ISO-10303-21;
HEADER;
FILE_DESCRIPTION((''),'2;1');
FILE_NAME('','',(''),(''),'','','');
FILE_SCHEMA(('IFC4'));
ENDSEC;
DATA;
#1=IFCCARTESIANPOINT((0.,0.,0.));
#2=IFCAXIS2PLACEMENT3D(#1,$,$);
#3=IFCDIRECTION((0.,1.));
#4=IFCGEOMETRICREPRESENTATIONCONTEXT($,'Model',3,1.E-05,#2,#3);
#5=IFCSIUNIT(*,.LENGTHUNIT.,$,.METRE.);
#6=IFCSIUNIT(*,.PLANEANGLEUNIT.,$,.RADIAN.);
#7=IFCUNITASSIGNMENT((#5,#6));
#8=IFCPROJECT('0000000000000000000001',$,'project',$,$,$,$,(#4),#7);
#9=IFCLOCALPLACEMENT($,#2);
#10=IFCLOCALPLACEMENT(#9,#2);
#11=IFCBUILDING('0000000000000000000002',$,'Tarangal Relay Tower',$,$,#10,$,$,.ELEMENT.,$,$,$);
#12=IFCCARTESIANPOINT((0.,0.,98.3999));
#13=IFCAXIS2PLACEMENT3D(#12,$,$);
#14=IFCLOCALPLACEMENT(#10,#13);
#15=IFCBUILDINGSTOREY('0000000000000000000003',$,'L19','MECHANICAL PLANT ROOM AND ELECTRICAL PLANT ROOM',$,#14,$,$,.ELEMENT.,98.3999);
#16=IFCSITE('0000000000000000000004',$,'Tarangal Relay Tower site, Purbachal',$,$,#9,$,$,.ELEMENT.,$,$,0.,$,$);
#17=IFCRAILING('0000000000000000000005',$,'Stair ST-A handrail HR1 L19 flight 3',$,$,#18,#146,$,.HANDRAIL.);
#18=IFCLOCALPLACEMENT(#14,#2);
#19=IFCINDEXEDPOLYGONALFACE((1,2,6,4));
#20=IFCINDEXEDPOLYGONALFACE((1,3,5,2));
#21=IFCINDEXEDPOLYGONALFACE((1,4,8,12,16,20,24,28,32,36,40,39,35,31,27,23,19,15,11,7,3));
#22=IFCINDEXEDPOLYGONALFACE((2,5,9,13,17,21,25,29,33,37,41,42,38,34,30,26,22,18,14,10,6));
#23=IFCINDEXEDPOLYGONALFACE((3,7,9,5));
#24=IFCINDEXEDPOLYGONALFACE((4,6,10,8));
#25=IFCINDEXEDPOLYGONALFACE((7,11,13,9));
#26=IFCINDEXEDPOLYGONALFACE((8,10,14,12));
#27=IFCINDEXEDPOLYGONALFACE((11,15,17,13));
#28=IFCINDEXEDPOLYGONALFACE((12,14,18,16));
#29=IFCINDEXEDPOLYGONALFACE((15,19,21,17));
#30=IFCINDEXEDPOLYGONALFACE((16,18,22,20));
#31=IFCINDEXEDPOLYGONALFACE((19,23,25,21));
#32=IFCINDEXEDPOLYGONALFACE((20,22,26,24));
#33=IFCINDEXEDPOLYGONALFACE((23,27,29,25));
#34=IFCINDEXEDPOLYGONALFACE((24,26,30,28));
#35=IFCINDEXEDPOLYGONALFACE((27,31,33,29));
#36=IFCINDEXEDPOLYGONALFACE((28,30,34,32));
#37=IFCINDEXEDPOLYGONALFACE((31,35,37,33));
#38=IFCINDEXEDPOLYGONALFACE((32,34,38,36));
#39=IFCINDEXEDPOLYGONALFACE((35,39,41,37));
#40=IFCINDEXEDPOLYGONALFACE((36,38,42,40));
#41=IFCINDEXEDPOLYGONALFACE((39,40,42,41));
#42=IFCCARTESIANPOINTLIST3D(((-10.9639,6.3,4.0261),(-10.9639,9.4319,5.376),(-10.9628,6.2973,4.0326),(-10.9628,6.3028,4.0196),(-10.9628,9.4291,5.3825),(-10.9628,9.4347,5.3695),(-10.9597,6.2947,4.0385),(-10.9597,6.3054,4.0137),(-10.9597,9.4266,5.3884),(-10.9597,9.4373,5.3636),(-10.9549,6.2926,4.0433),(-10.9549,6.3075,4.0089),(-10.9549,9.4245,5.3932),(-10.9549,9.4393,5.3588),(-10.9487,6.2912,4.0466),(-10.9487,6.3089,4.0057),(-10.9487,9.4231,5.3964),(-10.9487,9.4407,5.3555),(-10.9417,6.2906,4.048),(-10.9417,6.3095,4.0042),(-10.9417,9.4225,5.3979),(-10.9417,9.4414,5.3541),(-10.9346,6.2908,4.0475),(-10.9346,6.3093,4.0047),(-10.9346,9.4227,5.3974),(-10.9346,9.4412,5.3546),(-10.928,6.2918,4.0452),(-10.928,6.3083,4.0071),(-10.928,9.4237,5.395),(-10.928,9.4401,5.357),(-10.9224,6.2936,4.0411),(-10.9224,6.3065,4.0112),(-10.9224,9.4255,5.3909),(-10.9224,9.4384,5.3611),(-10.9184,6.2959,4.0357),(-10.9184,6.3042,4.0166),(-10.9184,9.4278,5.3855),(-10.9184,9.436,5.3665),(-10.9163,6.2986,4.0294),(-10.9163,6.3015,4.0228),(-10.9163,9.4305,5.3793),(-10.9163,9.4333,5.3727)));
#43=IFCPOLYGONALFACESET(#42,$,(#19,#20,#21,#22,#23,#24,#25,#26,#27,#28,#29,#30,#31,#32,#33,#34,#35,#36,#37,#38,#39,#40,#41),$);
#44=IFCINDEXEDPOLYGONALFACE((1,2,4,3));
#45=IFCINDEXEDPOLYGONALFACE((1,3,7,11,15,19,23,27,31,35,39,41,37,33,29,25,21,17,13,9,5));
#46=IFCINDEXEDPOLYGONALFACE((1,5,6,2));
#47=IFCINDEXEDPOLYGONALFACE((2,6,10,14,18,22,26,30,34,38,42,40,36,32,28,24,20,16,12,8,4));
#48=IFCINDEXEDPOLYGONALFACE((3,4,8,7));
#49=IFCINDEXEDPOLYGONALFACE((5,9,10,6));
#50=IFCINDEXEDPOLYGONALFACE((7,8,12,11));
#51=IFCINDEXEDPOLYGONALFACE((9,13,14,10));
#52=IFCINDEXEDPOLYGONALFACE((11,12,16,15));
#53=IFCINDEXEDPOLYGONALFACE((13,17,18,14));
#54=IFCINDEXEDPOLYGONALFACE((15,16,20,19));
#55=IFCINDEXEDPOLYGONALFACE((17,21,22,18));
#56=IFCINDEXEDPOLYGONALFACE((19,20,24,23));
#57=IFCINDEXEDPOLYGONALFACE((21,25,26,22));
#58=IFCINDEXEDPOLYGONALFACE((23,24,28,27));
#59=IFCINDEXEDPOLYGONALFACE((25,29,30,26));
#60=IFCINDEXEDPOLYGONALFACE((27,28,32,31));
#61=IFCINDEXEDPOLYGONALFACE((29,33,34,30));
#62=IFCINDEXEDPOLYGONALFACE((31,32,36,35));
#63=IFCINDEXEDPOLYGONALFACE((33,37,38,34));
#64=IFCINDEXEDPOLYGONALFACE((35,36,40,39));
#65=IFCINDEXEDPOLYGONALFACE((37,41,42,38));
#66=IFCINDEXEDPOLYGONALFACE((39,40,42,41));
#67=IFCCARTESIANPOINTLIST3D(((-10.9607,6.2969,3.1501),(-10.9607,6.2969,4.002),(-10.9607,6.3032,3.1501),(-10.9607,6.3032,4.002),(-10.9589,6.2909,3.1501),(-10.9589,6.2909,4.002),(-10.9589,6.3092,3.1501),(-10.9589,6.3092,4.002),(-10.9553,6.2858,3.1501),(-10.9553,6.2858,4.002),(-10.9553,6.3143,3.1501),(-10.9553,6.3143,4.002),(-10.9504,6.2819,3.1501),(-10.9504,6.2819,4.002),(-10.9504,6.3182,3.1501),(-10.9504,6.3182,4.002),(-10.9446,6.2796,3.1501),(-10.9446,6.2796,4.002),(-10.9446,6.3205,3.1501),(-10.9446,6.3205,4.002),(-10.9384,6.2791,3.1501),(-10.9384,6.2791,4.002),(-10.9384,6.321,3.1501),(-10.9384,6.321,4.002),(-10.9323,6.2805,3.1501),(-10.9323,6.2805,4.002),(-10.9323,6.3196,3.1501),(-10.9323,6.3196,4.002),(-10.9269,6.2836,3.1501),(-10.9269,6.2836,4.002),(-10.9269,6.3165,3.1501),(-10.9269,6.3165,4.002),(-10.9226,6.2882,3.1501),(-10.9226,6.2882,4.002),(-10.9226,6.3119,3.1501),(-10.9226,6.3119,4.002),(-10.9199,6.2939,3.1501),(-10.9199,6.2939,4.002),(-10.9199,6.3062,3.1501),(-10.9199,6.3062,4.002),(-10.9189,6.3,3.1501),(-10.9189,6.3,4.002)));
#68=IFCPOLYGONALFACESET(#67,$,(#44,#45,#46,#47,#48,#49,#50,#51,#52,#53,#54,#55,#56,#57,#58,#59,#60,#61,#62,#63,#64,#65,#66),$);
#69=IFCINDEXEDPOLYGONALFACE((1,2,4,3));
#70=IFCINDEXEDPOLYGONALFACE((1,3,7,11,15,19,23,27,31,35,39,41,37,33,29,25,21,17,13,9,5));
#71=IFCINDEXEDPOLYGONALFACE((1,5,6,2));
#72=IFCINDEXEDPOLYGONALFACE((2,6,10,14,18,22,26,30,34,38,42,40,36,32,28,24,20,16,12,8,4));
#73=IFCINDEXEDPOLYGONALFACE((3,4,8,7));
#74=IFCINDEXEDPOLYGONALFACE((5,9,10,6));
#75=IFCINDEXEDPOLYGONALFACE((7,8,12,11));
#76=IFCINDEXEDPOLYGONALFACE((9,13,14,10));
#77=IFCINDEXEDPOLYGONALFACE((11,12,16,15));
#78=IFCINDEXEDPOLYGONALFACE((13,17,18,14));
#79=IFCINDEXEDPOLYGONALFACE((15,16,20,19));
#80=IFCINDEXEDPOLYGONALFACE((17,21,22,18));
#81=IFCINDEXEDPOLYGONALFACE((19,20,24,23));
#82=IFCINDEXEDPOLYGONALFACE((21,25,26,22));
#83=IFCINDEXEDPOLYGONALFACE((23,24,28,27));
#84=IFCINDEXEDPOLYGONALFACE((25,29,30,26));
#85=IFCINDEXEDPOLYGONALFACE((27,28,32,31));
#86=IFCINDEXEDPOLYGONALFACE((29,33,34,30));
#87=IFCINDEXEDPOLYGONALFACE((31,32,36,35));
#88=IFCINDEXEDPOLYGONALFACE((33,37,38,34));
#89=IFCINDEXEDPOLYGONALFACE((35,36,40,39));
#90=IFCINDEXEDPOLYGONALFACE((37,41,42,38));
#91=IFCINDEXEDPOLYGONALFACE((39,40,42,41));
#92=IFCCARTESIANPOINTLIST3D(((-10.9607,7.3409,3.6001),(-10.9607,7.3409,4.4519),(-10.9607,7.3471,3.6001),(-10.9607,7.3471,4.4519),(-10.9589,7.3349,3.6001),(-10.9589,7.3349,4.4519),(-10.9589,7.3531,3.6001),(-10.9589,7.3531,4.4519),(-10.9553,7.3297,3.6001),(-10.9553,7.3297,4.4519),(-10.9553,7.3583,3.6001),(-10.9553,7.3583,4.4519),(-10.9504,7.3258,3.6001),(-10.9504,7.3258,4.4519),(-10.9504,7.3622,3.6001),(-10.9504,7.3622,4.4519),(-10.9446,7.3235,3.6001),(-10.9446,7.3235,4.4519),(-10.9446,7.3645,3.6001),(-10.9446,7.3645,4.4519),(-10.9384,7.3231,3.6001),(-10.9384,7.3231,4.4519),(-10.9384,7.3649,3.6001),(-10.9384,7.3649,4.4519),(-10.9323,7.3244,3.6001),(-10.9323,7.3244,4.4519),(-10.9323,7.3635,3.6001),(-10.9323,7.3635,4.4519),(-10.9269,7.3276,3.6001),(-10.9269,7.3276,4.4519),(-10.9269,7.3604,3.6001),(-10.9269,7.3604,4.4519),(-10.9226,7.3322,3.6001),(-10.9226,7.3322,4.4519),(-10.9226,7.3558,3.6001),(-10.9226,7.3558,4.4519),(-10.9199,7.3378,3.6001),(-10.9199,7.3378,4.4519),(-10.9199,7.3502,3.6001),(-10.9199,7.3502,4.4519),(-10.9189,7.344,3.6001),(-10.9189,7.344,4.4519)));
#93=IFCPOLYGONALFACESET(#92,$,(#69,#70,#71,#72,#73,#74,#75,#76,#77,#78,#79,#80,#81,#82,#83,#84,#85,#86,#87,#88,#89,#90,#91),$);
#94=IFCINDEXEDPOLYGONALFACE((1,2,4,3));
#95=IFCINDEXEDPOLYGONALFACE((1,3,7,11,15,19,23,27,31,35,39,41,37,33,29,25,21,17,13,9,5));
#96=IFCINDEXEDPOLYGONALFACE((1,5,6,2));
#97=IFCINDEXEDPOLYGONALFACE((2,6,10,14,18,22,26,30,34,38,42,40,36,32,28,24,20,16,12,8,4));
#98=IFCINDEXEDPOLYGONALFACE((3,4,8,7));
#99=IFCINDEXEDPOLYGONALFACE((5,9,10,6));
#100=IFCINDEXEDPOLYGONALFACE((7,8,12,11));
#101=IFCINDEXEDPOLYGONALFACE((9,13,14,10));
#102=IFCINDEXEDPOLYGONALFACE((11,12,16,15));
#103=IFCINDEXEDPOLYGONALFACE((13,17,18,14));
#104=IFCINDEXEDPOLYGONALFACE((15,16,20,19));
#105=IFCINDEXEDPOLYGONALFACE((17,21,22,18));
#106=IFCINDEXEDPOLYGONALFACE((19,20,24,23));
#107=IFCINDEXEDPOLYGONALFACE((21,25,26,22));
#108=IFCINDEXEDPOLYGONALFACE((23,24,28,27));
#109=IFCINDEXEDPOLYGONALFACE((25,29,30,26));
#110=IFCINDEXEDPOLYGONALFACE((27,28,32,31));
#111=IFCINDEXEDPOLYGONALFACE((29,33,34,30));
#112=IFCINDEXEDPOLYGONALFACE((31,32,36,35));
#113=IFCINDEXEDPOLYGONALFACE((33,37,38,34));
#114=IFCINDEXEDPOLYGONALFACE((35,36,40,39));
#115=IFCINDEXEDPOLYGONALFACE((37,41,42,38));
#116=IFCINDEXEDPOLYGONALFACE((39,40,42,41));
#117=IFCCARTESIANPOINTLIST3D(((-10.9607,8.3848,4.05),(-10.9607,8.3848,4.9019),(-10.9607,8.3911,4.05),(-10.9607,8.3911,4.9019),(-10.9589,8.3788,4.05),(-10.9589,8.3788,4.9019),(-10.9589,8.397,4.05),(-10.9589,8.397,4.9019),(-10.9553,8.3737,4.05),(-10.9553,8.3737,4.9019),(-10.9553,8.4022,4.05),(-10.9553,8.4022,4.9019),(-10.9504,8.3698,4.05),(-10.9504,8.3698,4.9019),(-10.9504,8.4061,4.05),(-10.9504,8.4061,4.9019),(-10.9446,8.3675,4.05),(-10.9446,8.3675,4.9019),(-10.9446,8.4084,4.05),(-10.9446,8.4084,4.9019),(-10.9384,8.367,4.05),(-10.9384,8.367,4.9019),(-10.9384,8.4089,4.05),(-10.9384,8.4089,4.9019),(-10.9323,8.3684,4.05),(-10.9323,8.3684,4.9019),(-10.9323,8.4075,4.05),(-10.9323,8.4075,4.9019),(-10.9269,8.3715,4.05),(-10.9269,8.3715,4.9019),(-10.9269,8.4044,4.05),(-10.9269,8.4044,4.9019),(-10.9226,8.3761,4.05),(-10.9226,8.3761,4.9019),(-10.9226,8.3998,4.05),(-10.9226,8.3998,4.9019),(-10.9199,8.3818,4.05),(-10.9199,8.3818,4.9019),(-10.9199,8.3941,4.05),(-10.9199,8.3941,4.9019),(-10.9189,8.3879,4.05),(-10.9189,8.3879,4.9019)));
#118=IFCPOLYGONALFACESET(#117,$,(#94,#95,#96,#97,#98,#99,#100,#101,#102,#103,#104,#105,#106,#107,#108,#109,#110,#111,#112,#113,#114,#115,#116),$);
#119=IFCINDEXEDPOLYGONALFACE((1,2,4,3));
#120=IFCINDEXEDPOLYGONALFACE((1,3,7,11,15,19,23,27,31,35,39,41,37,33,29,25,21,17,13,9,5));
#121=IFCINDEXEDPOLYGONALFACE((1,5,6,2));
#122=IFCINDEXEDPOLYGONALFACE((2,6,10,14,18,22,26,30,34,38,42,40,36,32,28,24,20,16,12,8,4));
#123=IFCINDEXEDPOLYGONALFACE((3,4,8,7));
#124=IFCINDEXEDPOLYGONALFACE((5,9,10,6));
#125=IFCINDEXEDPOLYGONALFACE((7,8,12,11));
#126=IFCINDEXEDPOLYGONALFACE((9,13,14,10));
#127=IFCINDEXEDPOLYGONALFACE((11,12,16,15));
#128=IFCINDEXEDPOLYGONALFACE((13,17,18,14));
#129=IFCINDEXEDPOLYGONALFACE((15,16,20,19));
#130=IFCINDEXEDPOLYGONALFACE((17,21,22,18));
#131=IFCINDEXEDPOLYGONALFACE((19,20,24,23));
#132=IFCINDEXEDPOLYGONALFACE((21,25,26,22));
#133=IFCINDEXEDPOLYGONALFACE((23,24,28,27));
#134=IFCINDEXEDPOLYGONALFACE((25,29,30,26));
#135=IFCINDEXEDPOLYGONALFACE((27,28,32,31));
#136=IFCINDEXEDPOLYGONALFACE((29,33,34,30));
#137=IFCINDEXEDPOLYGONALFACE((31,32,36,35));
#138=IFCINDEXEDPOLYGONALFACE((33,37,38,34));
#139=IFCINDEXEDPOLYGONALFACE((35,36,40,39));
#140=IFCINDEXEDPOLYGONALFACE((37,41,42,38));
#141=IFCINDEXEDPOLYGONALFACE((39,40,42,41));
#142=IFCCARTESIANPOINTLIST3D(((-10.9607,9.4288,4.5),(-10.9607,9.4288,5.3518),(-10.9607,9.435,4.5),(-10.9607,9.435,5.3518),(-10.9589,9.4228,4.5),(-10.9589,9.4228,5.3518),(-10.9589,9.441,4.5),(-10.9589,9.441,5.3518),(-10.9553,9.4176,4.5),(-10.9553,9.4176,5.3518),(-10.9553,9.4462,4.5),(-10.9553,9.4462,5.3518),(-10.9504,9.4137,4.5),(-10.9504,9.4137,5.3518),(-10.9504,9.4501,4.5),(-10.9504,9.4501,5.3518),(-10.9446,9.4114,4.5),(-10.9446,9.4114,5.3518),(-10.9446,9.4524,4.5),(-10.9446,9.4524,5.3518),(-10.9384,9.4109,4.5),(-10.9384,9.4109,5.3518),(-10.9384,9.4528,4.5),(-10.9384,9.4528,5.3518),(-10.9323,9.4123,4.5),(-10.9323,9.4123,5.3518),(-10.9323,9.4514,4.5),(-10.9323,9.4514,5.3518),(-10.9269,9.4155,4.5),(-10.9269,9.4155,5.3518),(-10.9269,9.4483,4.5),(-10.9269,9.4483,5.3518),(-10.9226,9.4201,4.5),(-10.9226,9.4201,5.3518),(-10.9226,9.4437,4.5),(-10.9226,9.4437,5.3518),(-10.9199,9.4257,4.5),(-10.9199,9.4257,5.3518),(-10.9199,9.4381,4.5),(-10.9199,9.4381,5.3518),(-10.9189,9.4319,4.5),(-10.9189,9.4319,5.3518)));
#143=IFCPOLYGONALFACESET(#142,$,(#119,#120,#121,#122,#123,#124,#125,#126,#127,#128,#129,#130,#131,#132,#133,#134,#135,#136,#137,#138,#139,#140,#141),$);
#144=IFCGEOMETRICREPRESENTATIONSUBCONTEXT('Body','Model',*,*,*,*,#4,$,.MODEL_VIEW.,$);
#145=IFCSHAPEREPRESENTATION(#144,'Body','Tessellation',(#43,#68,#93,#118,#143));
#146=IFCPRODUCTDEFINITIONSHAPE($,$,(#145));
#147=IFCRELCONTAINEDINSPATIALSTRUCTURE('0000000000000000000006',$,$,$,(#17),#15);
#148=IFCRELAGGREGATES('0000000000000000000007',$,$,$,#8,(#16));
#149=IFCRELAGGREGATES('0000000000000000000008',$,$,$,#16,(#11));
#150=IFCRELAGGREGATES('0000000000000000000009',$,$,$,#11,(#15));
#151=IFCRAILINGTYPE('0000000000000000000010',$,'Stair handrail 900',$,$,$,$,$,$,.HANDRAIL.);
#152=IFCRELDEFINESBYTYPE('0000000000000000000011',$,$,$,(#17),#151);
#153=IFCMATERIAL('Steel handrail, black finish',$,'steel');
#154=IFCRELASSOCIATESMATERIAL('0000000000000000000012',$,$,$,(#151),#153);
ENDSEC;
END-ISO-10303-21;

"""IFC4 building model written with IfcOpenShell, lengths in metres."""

from ifc_helpers import new_model, si_unit, direction, frame, origin, origin_2d, place, context, subcontext, project, spatial, circle, extrude, material, type_object, element, save


model = new_model("IFC4")

# Units and contexts
model_context = context("Model", 3, precision=1e-05, world=origin(), true_north=direction((0.0, 1.0)))
body_context = subcontext(model_context, "Body", "Model", "MODEL_VIEW")
ifc_project = project(units=[si_unit("LENGTHUNIT", "METRE"), si_unit("PLANEANGLEUNIT", "RADIAN")], contexts=[model_context])

# Site, building, storey
site_placement = place(None, origin())
site = spatial("IfcSite", under=ifc_project, at=site_placement, Name="Tarangal Relay Tower site, Purbachal", CompositionType="ELEMENT", RefElevation=0.0)
building_placement = place(site_placement, origin())
building = spatial("IfcBuilding", under=site, at=building_placement, Name="Tarangal Relay Tower", CompositionType="ELEMENT")
storey_placement = place(building_placement, frame((0.0, 0.0, 98.3999)))
storey = spatial("IfcBuildingStorey", under=building, at=storey_placement, Name="L19", Description="MECHANICAL PLANT ROOM AND ELECTRICAL PLANT ROOM", CompositionType="ELEMENT", Elevation=98.3999)

# Railing
ifc_material_1 = material(Name="Steel handrail, black finish", Category="steel")
railing_type = type_object("IfcRailingType", Name="Stair handrail 900", PredefinedType="HANDRAIL", material=ifc_material_1)
for number, where, name in (
    (1, (-10.9399, 6.3, 3.1501), "Stair ST-A handrail HR1 L19 flight 3"),
):
    element("IfcRailing", number, at=place(storey_placement, frame(where)), inside=storey, type_object=railing_type, Name=name, PredefinedType="HANDRAIL", context=body_context, shape_type="SweptSolid", body=[
        extrude(circle(Radius=0.0239, at=origin_2d()), frame((0.0, 0.0, 0.876), z_axis=(0.0, 0.918332, 0.395811), x_axis=(-1.0, 0.0, 0.0)), (0.0, 0.0, 1.0), 3.4104),
        extrude(circle(Radius=0.021, at=origin_2d()), origin(), (0.0, 0.0, 1.0), 0.8518),
        extrude(circle(Radius=0.021, at=origin_2d()), frame((0.0, 1.0439, 0.45)), (0.0, 0.0, 1.0), 0.8518),
        extrude(circle(Radius=0.021, at=origin_2d()), frame((0.0, 2.0879, 0.8999)), (0.0, 0.0, 1.0), 0.8518),
        extrude(circle(Radius=0.021, at=origin_2d()), frame((0.0, 3.1318, 1.3499)), (0.0, 0.0, 1.0), 0.8518),
    ])

save(model, "model.ifc")
